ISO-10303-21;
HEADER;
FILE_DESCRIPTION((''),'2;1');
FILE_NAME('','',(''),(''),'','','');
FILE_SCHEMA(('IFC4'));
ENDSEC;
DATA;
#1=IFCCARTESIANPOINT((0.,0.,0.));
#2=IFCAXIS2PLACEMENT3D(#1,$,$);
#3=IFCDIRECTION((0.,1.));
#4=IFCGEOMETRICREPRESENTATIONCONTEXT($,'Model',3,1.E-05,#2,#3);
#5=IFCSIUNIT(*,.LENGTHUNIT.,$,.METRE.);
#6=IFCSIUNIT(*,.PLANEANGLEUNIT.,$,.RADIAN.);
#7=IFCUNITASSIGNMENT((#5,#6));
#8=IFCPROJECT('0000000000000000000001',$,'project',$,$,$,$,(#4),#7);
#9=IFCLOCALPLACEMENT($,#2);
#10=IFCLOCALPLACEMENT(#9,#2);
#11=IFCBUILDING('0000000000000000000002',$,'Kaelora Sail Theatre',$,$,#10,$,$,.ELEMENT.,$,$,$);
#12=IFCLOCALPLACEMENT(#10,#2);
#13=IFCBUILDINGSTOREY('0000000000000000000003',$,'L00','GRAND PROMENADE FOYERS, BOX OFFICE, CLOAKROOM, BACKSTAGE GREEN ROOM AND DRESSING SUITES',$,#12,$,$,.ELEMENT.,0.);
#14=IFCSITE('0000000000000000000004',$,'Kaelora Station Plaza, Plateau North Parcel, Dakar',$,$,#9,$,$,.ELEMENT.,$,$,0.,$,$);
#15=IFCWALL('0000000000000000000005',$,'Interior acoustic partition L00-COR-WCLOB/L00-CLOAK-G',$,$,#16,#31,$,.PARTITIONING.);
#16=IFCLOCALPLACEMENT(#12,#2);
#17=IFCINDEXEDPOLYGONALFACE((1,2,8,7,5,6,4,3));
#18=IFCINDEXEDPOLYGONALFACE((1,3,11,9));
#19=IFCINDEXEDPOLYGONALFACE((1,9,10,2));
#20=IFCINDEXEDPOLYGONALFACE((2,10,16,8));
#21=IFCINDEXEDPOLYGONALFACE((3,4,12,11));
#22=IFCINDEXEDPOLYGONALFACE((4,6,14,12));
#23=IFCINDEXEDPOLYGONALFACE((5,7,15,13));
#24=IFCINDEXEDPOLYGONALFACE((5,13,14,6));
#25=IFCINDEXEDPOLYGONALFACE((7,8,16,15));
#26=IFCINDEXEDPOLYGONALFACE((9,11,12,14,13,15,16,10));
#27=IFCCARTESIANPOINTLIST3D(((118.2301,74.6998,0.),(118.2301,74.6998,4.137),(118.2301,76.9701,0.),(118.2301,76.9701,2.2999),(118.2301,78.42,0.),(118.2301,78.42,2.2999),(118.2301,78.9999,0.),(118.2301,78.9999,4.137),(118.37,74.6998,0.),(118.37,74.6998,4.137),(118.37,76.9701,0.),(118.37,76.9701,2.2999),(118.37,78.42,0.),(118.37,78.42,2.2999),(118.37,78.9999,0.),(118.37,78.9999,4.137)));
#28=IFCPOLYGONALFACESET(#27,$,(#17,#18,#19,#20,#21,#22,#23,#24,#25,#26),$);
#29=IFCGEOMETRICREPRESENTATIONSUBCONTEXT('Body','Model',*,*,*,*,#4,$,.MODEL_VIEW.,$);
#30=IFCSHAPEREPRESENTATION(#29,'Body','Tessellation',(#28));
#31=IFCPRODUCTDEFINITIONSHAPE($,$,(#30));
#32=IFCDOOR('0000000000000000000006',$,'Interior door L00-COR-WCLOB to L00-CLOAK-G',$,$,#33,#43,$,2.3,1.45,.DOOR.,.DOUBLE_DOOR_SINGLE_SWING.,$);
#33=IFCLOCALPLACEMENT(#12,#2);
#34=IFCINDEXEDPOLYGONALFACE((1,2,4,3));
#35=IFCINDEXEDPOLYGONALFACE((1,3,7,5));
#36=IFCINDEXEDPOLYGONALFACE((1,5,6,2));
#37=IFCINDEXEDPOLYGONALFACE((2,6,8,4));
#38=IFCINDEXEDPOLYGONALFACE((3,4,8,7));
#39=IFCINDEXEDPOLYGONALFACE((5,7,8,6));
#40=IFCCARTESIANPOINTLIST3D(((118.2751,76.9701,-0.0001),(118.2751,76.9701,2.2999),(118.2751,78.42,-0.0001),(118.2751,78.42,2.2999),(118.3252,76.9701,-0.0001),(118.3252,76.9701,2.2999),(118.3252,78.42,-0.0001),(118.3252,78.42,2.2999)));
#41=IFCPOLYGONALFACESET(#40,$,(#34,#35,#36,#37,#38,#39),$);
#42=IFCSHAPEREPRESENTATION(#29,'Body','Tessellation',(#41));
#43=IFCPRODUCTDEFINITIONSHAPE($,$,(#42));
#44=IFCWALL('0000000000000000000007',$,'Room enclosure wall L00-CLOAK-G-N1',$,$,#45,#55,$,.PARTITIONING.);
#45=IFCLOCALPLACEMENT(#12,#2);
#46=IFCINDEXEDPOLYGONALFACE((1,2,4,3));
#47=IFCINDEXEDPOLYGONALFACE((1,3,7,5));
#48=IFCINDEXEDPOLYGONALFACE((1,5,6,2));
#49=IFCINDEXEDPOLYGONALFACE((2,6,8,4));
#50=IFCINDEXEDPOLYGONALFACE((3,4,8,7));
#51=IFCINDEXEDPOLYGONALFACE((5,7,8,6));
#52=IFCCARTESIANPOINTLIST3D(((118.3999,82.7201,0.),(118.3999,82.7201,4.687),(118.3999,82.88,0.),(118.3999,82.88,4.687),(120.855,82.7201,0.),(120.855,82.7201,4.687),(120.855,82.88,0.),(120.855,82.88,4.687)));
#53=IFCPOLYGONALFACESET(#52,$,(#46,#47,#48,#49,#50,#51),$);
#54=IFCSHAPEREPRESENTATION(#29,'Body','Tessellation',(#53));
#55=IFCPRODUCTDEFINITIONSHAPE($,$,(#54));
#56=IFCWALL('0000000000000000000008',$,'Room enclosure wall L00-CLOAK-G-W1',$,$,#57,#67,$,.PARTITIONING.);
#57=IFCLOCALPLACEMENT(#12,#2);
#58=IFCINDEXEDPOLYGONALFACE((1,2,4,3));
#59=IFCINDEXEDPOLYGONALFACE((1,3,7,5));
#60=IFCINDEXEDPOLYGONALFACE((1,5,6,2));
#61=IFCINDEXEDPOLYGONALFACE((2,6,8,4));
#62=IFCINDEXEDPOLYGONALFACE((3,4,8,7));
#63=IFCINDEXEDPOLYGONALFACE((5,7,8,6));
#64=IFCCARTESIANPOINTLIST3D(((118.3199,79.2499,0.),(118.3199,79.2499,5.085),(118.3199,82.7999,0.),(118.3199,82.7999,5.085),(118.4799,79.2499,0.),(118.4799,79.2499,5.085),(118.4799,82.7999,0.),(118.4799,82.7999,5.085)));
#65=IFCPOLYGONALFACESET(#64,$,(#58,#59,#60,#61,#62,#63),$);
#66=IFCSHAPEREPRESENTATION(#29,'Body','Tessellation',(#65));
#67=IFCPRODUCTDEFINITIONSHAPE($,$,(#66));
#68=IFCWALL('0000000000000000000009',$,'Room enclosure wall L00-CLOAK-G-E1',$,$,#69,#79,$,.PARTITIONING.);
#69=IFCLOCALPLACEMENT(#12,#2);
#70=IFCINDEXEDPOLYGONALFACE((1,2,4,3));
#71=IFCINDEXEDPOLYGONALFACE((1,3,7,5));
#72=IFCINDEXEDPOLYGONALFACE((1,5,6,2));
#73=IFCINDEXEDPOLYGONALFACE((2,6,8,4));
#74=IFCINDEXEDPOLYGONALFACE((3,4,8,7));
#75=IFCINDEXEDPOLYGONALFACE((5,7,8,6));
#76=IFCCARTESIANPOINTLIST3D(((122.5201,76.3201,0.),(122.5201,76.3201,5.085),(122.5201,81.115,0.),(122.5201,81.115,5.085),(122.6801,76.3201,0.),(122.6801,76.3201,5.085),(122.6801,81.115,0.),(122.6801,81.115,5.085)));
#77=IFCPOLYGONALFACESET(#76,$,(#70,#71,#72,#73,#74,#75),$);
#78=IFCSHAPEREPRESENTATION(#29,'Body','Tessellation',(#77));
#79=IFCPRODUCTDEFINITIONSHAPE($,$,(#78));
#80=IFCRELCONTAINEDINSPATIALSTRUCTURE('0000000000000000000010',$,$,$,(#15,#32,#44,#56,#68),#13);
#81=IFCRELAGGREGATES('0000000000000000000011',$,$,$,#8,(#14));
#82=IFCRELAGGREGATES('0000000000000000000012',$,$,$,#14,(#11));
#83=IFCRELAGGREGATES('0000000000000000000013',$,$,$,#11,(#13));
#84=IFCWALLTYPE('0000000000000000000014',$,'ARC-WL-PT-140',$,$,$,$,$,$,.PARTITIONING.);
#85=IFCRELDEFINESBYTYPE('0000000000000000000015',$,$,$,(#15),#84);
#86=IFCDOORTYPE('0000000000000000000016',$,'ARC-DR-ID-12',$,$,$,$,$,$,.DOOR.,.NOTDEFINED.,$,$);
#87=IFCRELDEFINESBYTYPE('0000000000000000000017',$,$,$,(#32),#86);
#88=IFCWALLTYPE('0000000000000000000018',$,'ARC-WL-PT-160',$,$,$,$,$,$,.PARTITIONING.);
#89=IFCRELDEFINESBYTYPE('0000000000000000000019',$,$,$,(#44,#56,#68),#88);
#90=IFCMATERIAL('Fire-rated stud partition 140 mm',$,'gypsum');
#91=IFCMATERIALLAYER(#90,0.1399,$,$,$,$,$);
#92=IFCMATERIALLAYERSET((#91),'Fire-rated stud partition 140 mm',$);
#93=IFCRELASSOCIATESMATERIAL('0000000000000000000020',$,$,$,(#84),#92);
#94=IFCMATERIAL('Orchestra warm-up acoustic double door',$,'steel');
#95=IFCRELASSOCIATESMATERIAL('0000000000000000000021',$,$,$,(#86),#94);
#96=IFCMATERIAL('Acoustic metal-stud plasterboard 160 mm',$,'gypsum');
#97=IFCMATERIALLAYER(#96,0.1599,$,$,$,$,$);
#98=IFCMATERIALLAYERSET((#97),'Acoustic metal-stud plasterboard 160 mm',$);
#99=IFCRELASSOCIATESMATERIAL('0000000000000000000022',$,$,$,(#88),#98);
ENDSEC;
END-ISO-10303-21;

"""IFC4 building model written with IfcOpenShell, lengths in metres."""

from ifc_helpers import new_model, si_unit, direction, frame, frame_2d, origin, place, context, subcontext, project, spatial, rectangle, extrude, material, layer, layer_set, type_object, element, fill, save


model = new_model("IFC4")

# Units and contexts
model_context = context("Model", 3, precision=1e-05, world=origin(), true_north=direction((0.0, 1.0)))
body_context = subcontext(model_context, "Body", "Model", "MODEL_VIEW")
ifc_project = project(units=[si_unit("LENGTHUNIT", "METRE"), si_unit("PLANEANGLEUNIT", "RADIAN")], contexts=[model_context])

# Site, building, storey
site_placement = place(None, origin())
site = spatial("IfcSite", under=ifc_project, at=site_placement, Name="Kaelora Station Plaza, Plateau North Parcel, Dakar", CompositionType="ELEMENT", RefElevation=0.0)
building_placement = place(site_placement, origin())
building = spatial("IfcBuilding", under=site, at=building_placement, Name="Kaelora Sail Theatre", CompositionType="ELEMENT")
storey_placement = place(building_placement, origin())
storey = spatial("IfcBuildingStorey", under=building, at=storey_placement, Name="L00", Description="GRAND PROMENADE FOYERS, BOX OFFICE, CLOAKROOM, BACKSTAGE GREEN ROOM AND DRESSING SUITES", CompositionType="ELEMENT", Elevation=0.0)

# Wall, opening, door
ifc_material_1 = material(Name="Fire-rated stud partition 140 mm", Category="gypsum")
ifc_layer_1 = layer(ifc_material_1, 0.1399)
ifc_layer_set_1 = layer_set([ifc_layer_1], Name="Fire-rated stud partition 140 mm")
wall_type_1 = type_object("IfcWallType", Name="ARC-WL-PT-140", PredefinedType="PARTITIONING", material=ifc_layer_set_1)
wall_1_placement = place(storey_placement, frame((118.3, 74.7, 0.0), z_axis=(0.0, 0.0, 1.0), x_axis=(0.0, 1.0, 0.0)))
wall_1 = element("IfcWall", 1, at=wall_1_placement, inside=storey, type_object=wall_type_1, Name="Interior acoustic partition L00-COR-WCLOB/L00-CLOAK-G", PredefinedType="PARTITIONING", context=body_context, shape_type="SweptSolid", body=[
    extrude(rectangle(XDim=4.3, YDim=0.1399, at=frame_2d((2.1499, 0.0))), origin(), (0.0, 0.0, 1.0), 4.137),
])
opening_placement = place(wall_1_placement, frame((2.27, 0.0, 0.0)))
opening = element("IfcOpeningElement", 2, at=opening_placement, cuts=wall_1, PredefinedType="OPENING", context=body_context, shape_type="SweptSolid", body=[
    extrude(rectangle(XDim=1.45, YDim=2.3, at=frame_2d((0.7251, 1.1499))), frame((0.0, 0.0798, 0.0), z_axis=(0.0, -1.0, 0.0), x_axis=(1.0, 0.0, 0.0)), (0.0, 0.0, 1.0), 0.1599),
])
ifc_material_2 = material(Name="Orchestra warm-up acoustic double door", Category="steel")
door_type = type_object("IfcDoorType", Name="ARC-DR-ID-12", OperationType="NOTDEFINED", PredefinedType="DOOR", material=ifc_material_2)
door_placement = place(opening_placement, origin())
door = element("IfcDoor", 3, at=door_placement, inside=storey, type_object=door_type, Name="Interior door L00-COR-WCLOB to L00-CLOAK-G", OperationType="DOUBLE_DOOR_SINGLE_SWING", OverallHeight=2.3, OverallWidth=1.45, PredefinedType="DOOR", context=body_context, shape_type="SweptSolid", body=[
    extrude(rectangle(XDim=1.45, YDim=2.3, at=frame_2d((0.7251, 1.1499))), frame((0.0, 0.0249, 0.0), z_axis=(0.0, -1.0, 0.0), x_axis=(1.0, 0.0, 0.0)), (0.0, 0.0, 1.0), 0.05),
])
fill(opening, door)

# Walls
ifc_material_3 = material(Name="Acoustic metal-stud plasterboard 160 mm", Category="gypsum")
ifc_layer_2 = layer(ifc_material_3, 0.1599)
ifc_layer_set_2 = layer_set([ifc_layer_2], Name="Acoustic metal-stud plasterboard 160 mm")
wall_type_2 = type_object("IfcWallType", Name="ARC-WL-PT-160", PredefinedType="PARTITIONING", material=ifc_layer_set_2)
wall_2_placement = place(storey_placement, frame((118.3999, 82.8, 0.0), z_axis=(0.0, 0.0, 1.0), x_axis=(1.0, 0.0, 0.0)))
element("IfcWall", 4, at=wall_2_placement, inside=storey, type_object=wall_type_2, Name="Room enclosure wall L00-CLOAK-G-N1", PredefinedType="PARTITIONING", context=body_context, shape_type="SweptSolid", body=[
    extrude(rectangle(XDim=2.4551, YDim=0.1599, at=frame_2d((1.2275, 0.0))), origin(), (0.0, 0.0, 1.0), 4.687),
])
wall_3_placement = place(storey_placement, frame((118.3999, 79.25, 0.0), z_axis=(0.0, 0.0, 1.0), x_axis=(0.0, 1.0, 0.0)))
element("IfcWall", 5, at=wall_3_placement, inside=storey, type_object=wall_type_2, Name="Room enclosure wall L00-CLOAK-G-W1", PredefinedType="PARTITIONING", context=body_context, shape_type="SweptSolid", body=[
    extrude(rectangle(XDim=3.55, YDim=0.1599, at=frame_2d((1.7749, 0.0))), origin(), (0.0, 0.0, 1.0), 5.085),
])
wall_4_placement = place(storey_placement, frame((122.6001, 76.3201, 0.0), z_axis=(0.0, 0.0, 1.0), x_axis=(0.0, 1.0, 0.0)))
element("IfcWall", 6, at=wall_4_placement, inside=storey, type_object=wall_type_2, Name="Room enclosure wall L00-CLOAK-G-E1", PredefinedType="PARTITIONING", context=body_context, shape_type="SweptSolid", body=[
    extrude(rectangle(XDim=4.7949, YDim=0.1599, at=frame_2d((2.3975, 0.0))), origin(), (0.0, 0.0, 1.0), 5.085),
])

save(model, "model.ifc")
